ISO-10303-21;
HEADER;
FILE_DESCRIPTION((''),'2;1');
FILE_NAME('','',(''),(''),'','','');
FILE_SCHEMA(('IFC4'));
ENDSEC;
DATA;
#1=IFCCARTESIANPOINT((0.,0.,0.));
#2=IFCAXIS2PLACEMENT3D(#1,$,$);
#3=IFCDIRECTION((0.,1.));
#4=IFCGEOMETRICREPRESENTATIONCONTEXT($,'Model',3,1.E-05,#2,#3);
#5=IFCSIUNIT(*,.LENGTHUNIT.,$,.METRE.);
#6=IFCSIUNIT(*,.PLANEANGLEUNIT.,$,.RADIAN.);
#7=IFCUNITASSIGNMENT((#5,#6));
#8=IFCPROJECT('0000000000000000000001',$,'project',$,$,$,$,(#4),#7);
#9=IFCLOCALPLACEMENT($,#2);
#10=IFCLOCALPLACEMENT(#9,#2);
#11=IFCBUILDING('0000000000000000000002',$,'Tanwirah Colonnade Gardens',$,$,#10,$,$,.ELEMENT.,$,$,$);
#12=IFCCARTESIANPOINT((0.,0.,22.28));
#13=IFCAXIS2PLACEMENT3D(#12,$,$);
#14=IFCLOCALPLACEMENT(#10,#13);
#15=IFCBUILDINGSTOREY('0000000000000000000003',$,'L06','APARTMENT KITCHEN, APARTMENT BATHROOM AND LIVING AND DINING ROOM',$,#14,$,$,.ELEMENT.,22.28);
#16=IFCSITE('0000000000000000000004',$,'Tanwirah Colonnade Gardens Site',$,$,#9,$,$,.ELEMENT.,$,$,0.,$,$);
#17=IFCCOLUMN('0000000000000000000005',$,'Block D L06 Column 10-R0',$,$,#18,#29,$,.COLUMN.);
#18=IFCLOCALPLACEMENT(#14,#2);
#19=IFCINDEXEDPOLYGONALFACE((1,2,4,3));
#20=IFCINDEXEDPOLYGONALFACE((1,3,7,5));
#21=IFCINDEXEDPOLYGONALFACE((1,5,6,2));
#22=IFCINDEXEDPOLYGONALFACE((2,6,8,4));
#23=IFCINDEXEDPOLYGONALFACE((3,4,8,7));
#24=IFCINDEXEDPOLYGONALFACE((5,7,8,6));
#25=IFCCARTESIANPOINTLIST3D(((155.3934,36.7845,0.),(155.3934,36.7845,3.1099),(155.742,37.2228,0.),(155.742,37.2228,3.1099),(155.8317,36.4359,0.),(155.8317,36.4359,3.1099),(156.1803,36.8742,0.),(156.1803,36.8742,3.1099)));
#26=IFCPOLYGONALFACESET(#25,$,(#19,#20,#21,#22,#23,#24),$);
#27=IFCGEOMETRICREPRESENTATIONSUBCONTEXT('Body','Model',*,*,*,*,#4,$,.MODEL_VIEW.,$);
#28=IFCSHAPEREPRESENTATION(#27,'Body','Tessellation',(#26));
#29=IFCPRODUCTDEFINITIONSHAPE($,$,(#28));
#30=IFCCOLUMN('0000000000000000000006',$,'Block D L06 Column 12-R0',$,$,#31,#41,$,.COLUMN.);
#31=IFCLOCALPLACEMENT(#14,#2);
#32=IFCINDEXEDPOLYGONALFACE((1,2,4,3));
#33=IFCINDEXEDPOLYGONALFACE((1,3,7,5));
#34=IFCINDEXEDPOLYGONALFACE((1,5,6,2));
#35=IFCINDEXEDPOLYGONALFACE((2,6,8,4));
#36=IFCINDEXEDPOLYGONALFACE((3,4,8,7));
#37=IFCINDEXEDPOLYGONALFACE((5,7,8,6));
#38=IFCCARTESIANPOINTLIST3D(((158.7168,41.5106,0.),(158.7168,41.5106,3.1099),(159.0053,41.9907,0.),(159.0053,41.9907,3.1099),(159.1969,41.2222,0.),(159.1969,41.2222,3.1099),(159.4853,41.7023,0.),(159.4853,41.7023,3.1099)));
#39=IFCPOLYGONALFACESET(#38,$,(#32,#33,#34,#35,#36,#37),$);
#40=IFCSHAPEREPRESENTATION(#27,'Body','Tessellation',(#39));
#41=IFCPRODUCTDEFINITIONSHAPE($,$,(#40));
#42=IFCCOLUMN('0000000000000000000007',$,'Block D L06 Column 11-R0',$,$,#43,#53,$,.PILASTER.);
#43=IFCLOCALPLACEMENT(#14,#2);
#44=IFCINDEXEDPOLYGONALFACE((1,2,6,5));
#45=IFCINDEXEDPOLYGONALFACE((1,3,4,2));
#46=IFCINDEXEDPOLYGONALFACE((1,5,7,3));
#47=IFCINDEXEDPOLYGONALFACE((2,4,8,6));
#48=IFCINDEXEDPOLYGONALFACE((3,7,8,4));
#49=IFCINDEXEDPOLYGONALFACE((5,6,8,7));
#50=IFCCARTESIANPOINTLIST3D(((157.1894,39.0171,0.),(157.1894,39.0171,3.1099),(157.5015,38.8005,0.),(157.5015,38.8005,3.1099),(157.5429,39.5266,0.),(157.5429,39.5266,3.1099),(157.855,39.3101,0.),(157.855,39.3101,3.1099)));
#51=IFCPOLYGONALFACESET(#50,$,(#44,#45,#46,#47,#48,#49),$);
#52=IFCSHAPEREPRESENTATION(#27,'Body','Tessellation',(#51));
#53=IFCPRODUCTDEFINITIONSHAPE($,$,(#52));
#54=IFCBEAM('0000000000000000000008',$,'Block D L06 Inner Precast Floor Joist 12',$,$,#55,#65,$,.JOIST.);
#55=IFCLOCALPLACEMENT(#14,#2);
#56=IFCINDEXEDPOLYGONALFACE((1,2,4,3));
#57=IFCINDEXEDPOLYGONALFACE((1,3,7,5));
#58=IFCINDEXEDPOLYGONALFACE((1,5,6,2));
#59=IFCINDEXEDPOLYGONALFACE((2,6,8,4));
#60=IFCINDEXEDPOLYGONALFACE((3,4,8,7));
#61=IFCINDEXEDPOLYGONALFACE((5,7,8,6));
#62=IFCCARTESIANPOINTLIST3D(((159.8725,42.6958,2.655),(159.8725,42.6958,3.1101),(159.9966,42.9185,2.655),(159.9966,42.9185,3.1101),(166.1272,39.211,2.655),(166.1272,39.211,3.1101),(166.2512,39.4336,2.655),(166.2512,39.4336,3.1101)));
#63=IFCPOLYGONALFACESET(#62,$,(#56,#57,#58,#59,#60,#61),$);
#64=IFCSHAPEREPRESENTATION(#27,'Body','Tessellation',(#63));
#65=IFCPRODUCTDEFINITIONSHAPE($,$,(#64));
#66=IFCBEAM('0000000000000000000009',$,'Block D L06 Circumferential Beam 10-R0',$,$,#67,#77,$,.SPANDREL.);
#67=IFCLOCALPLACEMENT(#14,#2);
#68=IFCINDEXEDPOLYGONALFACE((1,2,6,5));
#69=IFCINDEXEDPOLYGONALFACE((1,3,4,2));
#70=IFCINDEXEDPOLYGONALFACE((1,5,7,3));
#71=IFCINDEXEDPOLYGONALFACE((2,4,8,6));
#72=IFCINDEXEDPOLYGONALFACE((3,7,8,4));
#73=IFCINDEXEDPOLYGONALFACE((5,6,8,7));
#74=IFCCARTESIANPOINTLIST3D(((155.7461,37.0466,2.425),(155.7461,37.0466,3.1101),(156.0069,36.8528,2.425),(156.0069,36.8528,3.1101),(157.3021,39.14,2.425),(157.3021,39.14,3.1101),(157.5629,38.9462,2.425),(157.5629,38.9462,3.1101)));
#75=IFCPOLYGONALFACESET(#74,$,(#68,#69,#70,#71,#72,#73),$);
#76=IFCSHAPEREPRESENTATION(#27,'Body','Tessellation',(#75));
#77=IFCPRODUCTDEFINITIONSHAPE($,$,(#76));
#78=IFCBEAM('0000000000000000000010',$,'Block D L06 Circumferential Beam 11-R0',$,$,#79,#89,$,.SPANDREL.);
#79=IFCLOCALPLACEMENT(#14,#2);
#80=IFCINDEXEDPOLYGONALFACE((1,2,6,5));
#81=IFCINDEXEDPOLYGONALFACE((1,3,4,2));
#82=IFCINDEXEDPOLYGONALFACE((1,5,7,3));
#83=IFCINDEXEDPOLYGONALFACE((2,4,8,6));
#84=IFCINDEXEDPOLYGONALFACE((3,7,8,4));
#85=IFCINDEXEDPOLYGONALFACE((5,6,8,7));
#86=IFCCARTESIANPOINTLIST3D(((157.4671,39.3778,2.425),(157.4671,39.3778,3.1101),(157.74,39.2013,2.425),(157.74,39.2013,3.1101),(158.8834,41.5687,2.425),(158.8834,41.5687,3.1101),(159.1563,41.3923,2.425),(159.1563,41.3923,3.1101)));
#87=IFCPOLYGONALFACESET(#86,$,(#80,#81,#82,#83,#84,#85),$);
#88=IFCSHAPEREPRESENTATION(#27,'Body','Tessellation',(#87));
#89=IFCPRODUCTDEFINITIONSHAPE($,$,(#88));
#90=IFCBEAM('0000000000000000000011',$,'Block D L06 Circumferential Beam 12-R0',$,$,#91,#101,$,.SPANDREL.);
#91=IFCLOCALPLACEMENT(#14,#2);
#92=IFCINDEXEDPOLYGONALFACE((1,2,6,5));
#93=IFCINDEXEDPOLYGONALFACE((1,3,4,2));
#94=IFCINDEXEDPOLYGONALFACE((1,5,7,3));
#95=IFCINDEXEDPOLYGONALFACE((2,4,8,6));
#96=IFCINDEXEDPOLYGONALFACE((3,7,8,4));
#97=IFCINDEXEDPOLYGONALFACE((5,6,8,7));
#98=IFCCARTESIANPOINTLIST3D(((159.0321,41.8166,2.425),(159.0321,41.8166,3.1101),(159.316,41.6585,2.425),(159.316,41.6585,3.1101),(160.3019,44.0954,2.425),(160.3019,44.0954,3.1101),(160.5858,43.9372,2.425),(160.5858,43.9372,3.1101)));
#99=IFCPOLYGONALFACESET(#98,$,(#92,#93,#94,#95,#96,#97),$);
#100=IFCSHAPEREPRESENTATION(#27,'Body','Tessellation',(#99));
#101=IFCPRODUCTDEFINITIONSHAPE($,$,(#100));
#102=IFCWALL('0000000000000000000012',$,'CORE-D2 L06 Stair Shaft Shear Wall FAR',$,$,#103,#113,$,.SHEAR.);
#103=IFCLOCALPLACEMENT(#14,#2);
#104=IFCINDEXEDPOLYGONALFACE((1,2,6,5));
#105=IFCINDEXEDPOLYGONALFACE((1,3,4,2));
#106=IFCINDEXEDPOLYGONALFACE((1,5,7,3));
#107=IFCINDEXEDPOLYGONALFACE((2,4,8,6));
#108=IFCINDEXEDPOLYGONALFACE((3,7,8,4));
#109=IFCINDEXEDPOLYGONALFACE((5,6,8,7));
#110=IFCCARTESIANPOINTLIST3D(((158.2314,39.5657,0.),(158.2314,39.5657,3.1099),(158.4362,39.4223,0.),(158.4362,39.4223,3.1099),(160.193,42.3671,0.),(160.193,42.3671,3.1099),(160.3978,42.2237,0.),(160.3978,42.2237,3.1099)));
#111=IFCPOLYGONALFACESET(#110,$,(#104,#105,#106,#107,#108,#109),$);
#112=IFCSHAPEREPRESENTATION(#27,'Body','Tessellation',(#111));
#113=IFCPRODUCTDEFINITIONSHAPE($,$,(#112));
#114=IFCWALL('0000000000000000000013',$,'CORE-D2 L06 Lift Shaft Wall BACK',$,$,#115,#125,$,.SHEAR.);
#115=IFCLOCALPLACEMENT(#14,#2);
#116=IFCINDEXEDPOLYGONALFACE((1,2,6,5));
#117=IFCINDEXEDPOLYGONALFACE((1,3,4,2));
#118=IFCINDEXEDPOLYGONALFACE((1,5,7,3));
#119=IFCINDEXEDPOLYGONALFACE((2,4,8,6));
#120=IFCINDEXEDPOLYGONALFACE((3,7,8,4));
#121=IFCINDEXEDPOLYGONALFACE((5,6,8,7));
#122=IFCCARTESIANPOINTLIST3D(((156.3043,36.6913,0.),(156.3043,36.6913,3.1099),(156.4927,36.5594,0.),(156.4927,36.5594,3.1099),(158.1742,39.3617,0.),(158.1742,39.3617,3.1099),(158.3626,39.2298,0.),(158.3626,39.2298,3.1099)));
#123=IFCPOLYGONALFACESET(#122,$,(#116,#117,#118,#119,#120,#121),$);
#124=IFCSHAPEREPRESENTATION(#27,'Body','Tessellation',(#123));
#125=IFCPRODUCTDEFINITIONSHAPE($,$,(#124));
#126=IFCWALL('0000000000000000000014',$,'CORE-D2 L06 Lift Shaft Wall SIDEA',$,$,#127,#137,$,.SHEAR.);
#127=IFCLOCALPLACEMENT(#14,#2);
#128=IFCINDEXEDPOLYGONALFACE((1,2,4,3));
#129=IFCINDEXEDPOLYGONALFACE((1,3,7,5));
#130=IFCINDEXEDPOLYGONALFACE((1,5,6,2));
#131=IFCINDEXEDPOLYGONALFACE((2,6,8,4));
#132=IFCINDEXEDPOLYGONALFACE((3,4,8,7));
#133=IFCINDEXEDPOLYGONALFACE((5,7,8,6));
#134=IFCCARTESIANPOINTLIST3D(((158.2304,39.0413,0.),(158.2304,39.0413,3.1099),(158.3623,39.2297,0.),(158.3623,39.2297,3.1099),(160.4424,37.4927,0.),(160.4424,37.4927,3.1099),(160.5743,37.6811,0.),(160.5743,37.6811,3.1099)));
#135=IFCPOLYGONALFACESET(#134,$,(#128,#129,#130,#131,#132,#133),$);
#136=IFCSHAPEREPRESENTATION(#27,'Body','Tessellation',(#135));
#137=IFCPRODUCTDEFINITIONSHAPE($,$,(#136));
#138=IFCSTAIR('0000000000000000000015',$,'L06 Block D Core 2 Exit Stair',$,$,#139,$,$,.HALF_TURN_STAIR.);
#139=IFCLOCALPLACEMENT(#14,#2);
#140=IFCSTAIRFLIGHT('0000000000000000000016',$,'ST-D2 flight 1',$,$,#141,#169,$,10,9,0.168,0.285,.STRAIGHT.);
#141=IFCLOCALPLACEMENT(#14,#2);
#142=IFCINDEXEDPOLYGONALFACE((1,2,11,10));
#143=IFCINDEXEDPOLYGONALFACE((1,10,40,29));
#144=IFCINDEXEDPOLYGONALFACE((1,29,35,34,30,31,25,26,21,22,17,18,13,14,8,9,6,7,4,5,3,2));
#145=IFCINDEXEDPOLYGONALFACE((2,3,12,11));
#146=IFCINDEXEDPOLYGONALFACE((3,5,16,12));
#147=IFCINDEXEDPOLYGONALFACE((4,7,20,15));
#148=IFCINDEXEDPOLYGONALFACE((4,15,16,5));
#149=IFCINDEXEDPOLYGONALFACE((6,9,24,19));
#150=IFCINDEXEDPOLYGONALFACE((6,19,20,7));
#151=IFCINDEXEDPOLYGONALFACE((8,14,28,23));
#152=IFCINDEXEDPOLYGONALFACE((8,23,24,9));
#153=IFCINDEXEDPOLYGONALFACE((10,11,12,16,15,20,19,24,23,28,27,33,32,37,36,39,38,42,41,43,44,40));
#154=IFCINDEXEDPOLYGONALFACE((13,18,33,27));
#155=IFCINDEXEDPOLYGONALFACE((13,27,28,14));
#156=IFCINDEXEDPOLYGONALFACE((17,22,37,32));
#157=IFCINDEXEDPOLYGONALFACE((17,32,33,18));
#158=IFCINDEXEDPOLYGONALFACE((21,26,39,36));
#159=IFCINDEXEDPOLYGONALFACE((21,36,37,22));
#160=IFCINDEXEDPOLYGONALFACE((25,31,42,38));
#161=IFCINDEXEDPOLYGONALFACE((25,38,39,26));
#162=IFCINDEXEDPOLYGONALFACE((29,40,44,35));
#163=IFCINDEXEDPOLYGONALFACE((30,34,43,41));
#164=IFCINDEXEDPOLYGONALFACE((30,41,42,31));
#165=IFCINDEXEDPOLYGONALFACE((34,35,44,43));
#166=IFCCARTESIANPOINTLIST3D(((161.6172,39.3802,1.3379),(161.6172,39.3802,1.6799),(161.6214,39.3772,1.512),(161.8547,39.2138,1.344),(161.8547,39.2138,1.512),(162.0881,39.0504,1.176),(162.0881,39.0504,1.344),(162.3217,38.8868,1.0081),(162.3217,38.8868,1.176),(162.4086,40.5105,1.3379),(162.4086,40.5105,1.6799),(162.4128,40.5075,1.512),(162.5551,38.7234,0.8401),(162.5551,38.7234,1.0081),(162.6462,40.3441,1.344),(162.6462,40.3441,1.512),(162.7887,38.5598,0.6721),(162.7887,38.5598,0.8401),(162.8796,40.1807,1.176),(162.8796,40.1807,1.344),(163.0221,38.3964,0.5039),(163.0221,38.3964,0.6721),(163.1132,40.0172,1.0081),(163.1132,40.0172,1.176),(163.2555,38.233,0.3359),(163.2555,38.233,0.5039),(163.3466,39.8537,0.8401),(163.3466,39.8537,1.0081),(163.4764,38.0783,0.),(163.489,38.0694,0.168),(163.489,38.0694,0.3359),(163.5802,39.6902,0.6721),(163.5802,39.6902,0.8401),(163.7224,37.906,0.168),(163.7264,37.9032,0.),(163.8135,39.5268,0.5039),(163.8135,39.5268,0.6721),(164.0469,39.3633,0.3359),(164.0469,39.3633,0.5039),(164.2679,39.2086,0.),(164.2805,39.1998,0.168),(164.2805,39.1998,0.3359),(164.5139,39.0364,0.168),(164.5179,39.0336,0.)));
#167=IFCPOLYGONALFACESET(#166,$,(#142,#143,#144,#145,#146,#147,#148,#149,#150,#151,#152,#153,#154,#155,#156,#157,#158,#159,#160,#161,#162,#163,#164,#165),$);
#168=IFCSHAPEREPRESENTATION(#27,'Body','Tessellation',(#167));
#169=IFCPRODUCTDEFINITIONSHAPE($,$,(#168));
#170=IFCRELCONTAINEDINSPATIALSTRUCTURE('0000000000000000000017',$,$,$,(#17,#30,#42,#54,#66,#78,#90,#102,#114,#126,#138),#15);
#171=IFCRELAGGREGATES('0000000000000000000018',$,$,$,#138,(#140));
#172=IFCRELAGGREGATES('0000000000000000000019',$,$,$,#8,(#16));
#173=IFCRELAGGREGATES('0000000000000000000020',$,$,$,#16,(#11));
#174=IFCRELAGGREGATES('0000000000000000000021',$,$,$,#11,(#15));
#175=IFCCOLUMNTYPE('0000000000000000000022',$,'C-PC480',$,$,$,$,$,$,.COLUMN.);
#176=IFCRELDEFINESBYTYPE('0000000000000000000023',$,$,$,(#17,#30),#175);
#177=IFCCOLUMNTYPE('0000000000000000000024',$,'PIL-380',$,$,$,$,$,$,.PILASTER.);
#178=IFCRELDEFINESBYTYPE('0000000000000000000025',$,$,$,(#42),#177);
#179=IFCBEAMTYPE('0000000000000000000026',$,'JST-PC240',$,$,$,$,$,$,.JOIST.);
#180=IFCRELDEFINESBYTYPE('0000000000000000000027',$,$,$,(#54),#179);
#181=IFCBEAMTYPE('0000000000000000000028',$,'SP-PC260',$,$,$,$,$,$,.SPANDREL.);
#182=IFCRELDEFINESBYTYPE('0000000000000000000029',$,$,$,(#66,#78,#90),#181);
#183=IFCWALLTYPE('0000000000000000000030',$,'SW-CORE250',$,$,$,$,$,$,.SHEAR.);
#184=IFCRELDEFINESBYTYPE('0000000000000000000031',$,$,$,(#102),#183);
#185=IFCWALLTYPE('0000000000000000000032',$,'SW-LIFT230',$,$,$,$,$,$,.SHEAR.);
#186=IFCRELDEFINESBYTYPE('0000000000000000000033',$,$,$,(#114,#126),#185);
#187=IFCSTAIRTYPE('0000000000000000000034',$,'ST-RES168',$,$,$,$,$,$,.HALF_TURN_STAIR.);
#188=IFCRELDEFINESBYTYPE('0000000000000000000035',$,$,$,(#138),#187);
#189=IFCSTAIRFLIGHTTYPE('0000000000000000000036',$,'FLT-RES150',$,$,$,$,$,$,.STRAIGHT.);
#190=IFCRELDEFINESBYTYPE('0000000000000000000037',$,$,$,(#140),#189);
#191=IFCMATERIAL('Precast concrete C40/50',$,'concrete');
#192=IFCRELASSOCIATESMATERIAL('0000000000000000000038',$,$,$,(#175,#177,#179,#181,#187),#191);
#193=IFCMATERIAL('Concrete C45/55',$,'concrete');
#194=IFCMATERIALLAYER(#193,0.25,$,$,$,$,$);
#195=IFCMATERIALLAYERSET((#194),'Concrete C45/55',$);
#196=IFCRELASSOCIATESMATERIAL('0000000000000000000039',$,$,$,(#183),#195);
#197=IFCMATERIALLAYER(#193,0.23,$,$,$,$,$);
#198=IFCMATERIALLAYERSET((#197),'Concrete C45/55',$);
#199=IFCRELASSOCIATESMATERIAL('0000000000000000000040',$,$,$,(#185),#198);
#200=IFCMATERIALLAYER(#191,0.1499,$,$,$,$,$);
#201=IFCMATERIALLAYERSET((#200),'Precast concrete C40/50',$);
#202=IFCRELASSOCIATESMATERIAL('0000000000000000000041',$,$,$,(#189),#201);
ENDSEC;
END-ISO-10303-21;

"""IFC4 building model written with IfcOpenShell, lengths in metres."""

from ifc_helpers import new_model, si_unit, direction, frame, frame_2d, origin, origin_2d, place, context, subcontext, project, spatial, polyline, rectangle, outline, extrude, material, layer, layer_set, material_profile, profile_set, type_object, element, aggregate, save


model = new_model("IFC4")

# Units and contexts
model_context = context("Model", 3, precision=1e-05, world=origin(), true_north=direction((0.0, 1.0)))
body_context = subcontext(model_context, "Body", "Model", "MODEL_VIEW")
ifc_project = project(units=[si_unit("LENGTHUNIT", "METRE"), si_unit("PLANEANGLEUNIT", "RADIAN")], contexts=[model_context])

# Site, building, storey
site_placement = place(None, origin())
site = spatial("IfcSite", under=ifc_project, at=site_placement, Name="Tanwirah Colonnade Gardens Site", CompositionType="ELEMENT", RefElevation=0.0)
building_placement = place(site_placement, origin())
building = spatial("IfcBuilding", under=site, at=building_placement, Name="Tanwirah Colonnade Gardens", CompositionType="ELEMENT")
storey_placement = place(building_placement, frame((0.0, 0.0, 22.28)))
storey = spatial("IfcBuildingStorey", under=building, at=storey_placement, Name="L06", Description="APARTMENT KITCHEN, APARTMENT BATHROOM AND LIVING AND DINING ROOM", CompositionType="ELEMENT", Elevation=22.28)

# Columns
ifc_material_1 = material(Name="Precast concrete C40/50", Category="concrete")
ifc_material_profile_1 = material_profile(ifc_material_1, rectangle(XDim=0.5601, YDim=0.5601, at=origin_2d()), Name="PC-COL 560x560")
ifc_profile_set_1 = profile_set([ifc_material_profile_1], Name="Precast concrete C40/50")
column_type_1 = type_object("IfcColumnType", Name="C-PC480", PredefinedType="COLUMN", material=ifc_profile_set_1)
for number, where, z_axis, x_axis, name in (
    (1, (155.7869, 36.8293, 0.0), (0.0, 0.0, 1.0), (0.782608, -0.622515, 0.0), "Block D L06 Column 10-R0"),
    (2, (159.1011, 41.6064, 0.0), (0.0, 0.0, 1.0), (0.857167, -0.515038, 0.0), "Block D L06 Column 12-R0"),
):
    element("IfcColumn", number, at=place(storey_placement, frame(where, z_axis=z_axis, x_axis=x_axis)), inside=storey, type_object=column_type_1, Name=name, PredefinedType="COLUMN", context=body_context, shape_type="SweptSolid", body=[
        extrude(rectangle(XDim=0.5601, YDim=0.5601, at=origin_2d()), origin(), (0.0, 0.0, 1.0), 3.1099),
    ])
ifc_material_profile_2 = material_profile(ifc_material_1, rectangle(XDim=0.3799, YDim=0.6201, at=origin_2d()), Name="PC-PIL 380x620")
ifc_profile_set_2 = profile_set([ifc_material_profile_2], Name="Precast concrete C40/50")
column_type_2 = type_object("IfcColumnType", Name="PIL-380", PredefinedType="PILASTER", material=ifc_profile_set_2)
column_placement = place(storey_placement, frame((157.5222, 39.1636, 0.0), z_axis=(0.0, 0.0, 1.0), x_axis=(0.821647, -0.569997, 0.0)))
element("IfcColumn", 3, at=column_placement, inside=storey, type_object=column_type_2, Name="Block D L06 Column 11-R0", PredefinedType="PILASTER", context=body_context, shape_type="SweptSolid", body=[
    extrude(rectangle(XDim=0.3799, YDim=0.6201, at=origin_2d()), origin(), (0.0, 0.0, 1.0), 3.1099),
])

# Beams
ifc_material_profile_3 = material_profile(ifc_material_1, rectangle(XDim=0.2549, YDim=0.4551, at=origin_2d()), Name="PC-JST 255x455")
ifc_profile_set_3 = profile_set([ifc_material_profile_3], Name="Precast concrete C40/50")
beam_type_1 = type_object("IfcBeamType", Name="JST-PC240", PredefinedType="JOIST", material=ifc_profile_set_3)
beam_1_placement = place(storey_placement, frame((159.9346, 42.8071, 2.8826), z_axis=(0.87356, -0.486717, 0.0), x_axis=(0.486717, 0.87356, 0.0)))
element("IfcBeam", 4, at=beam_1_placement, inside=storey, type_object=beam_type_1, Name="Block D L06 Inner Precast Floor Joist 12", PredefinedType="JOIST", context=body_context, shape_type="SweptSolid", body=[
    extrude(rectangle(XDim=0.2549, YDim=0.4551, at=origin_2d()), origin(), (0.0, 0.0, 1.0), 7.1599),
])
ifc_material_profile_4 = material_profile(ifc_material_1, rectangle(XDim=0.325, YDim=0.6851, at=origin_2d()), Name="PC-SP 325x685")
ifc_profile_set_4 = profile_set([ifc_material_profile_4], Name="Precast concrete C40/50")
beam_type_2 = type_object("IfcBeamType", Name="SP-PC260", PredefinedType="SPANDREL", material=ifc_profile_set_4)
beam_2_placement = place(storey_placement, frame((155.8765, 36.9497, 2.7676), z_axis=(0.596565, 0.802565, 0.0), x_axis=(-0.802565, 0.596565, 0.0)))
element("IfcBeam", 5, at=beam_2_placement, inside=storey, type_object=beam_type_2, Name="Block D L06 Circumferential Beam 10-R0", PredefinedType="SPANDREL", context=body_context, shape_type="SweptSolid", body=[
    extrude(rectangle(XDim=0.325, YDim=0.6851, at=origin_2d()), origin(), (0.0, 0.0, 1.0), 2.6084),
])
beam_3_placement = place(storey_placement, frame((157.6035, 39.2896, 2.7676), z_axis=(0.542875, 0.839814, 0.0), x_axis=(-0.839814, 0.542875, 0.0)))
element("IfcBeam", 6, at=beam_3_placement, inside=storey, type_object=beam_type_2, Name="Block D L06 Circumferential Beam 11-R0", PredefinedType="SPANDREL", context=body_context, shape_type="SweptSolid", body=[
    extrude(rectangle(XDim=0.325, YDim=0.6851, at=origin_2d()), origin(), (0.0, 0.0, 1.0), 2.6089),
])
beam_4_placement = place(storey_placement, frame((159.1741, 41.7375, 2.7676), z_axis=(0.486747, 0.873543, 0.0), x_axis=(-0.873543, 0.486747, 0.0)))
element("IfcBeam", 7, at=beam_4_placement, inside=storey, type_object=beam_type_2, Name="Block D L06 Circumferential Beam 12-R0", PredefinedType="SPANDREL", context=body_context, shape_type="SweptSolid", body=[
    extrude(rectangle(XDim=0.325, YDim=0.6851, at=origin_2d()), origin(), (0.0, 0.0, 1.0), 2.6086),
])

# Wall
ifc_material_2 = material(Name="Concrete C45/55", Category="concrete")
ifc_layer_1 = layer(ifc_material_2, 0.25)
ifc_layer_set_1 = layer_set([ifc_layer_1], Name="Concrete C45/55")
wall_type_1 = type_object("IfcWallType", Name="SW-CORE250", PredefinedType="SHEAR", material=ifc_layer_set_1)
wall_1_placement = place(storey_placement, frame((160.2954, 42.2954, 0.0), z_axis=(0.0, 0.0, 1.0), x_axis=(-0.573582, -0.819148, 0.0)))
element("IfcWall", 8, at=wall_1_placement, inside=storey, type_object=wall_type_1, Name="CORE-D2 L06 Stair Shaft Shear Wall FAR", PredefinedType="SHEAR", context=body_context, shape_type="SweptSolid", body=[
    extrude(rectangle(XDim=3.4199, YDim=0.25, at=frame_2d((1.71, 0.0))), origin(), (0.0, 0.0, 1.0), 3.1099),
])

# Shared definitions
ifc_layer_2 = layer(ifc_material_2, 0.23)
ifc_layer_set_2 = layer_set([ifc_layer_2], Name="Concrete C45/55")
wall_type_2 = type_object("IfcWallType", Name="SW-LIFT230", PredefinedType="SHEAR", material=ifc_layer_set_2)

# Walls
wall_2_placement = place(storey_placement, frame((158.2683, 39.2957, 0.0), z_axis=(0.0, 0.0, 1.0), x_axis=(-0.573583, -0.819147, 0.0)))
element("IfcWall", 9, at=wall_2_placement, inside=storey, type_object=wall_type_2, Name="CORE-D2 L06 Lift Shaft Wall BACK", PredefinedType="SHEAR", context=body_context, shape_type="SweptSolid", body=[
    extrude(rectangle(XDim=3.26, YDim=0.23, at=frame_2d((1.6299, 0.0))), origin(), (0.0, 0.0, 1.0), 3.1099),
])
wall_3_placement = place(storey_placement, frame((160.5083, 37.5869, 0.0), z_axis=(0.0, 0.0, 1.0), x_axis=(-0.819189, 0.573523, 0.0)))
element("IfcWall", 10, at=wall_3_placement, inside=storey, type_object=wall_type_2, Name="CORE-D2 L06 Lift Shaft Wall SIDEA", PredefinedType="SHEAR", context=body_context, shape_type="SweptSolid", body=[
    extrude(rectangle(XDim=2.7002, YDim=0.23, at=frame_2d((1.3501, 0.0))), origin(), (0.0, 0.0, 1.0), 3.1099),
])

# Stair, stair flight
stair_type = type_object("IfcStairType", Name="ST-RES168", PredefinedType="HALF_TURN_STAIR", material=ifc_material_1)
stair_placement = place(storey_placement, origin())
stair = element("IfcStair", 11, at=stair_placement, inside=storey, type_object=stair_type, Name="L06 Block D Core 2 Exit Stair", PredefinedType="HALF_TURN_STAIR")
ifc_layer_3 = layer(ifc_material_1, 0.1499)
ifc_layer_set_3 = layer_set([ifc_layer_3], Name="Precast concrete C40/50")
stair_flight_type = type_object("IfcStairFlightType", Name="FLT-RES150", PredefinedType="STRAIGHT", material=ifc_layer_set_3)
stair_flight_1_placement = place(storey_placement, frame((164.1182, 38.4712, 0.0), z_axis=(0.0, 0.0, 1.0), x_axis=(-0.819152, 0.573576, 0.0)))
stair_flight_1 = element("IfcStairFlight", 12, at=stair_flight_1_placement, type_object=stair_flight_type, Name="ST-D2 flight 1", NumberOfRisers=10, NumberOfTreads=9, PredefinedType="STRAIGHT", RiserHeight=0.168, TreadLength=0.285, context=body_context, shape_type="SweptSolid", body=[
    extrude(outline(polyline([(-0.0049, 0.0), (0.0, 0.168), (0.2849, 0.168), (0.2849, 0.3359), (0.5701, 0.3359), (0.5701, 0.5039), (0.855, 0.5039), (0.855, 0.6721), (1.1399, 0.6721), (1.1399, 0.8401), (1.425, 0.8401), (1.425, 1.0081), (1.71, 1.0081), (1.71, 1.176), (1.9951, 1.176), (1.9951, 1.344), (2.28, 1.344), (2.28, 1.512), (2.5649, 1.512), (2.5701, 1.6799), (2.5701, 1.3379), (0.3003, 0.0), (-0.0049, 0.0)])), frame((0.0, 0.6899, 0.0), z_axis=(0.0, -1.0, 0.0), x_axis=(1.0, 0.0, 0.0)), (0.0, 0.0, 1.0), 1.3799),
])
aggregate(stair, [stair_flight_1])

save(model, "model.ifc")
